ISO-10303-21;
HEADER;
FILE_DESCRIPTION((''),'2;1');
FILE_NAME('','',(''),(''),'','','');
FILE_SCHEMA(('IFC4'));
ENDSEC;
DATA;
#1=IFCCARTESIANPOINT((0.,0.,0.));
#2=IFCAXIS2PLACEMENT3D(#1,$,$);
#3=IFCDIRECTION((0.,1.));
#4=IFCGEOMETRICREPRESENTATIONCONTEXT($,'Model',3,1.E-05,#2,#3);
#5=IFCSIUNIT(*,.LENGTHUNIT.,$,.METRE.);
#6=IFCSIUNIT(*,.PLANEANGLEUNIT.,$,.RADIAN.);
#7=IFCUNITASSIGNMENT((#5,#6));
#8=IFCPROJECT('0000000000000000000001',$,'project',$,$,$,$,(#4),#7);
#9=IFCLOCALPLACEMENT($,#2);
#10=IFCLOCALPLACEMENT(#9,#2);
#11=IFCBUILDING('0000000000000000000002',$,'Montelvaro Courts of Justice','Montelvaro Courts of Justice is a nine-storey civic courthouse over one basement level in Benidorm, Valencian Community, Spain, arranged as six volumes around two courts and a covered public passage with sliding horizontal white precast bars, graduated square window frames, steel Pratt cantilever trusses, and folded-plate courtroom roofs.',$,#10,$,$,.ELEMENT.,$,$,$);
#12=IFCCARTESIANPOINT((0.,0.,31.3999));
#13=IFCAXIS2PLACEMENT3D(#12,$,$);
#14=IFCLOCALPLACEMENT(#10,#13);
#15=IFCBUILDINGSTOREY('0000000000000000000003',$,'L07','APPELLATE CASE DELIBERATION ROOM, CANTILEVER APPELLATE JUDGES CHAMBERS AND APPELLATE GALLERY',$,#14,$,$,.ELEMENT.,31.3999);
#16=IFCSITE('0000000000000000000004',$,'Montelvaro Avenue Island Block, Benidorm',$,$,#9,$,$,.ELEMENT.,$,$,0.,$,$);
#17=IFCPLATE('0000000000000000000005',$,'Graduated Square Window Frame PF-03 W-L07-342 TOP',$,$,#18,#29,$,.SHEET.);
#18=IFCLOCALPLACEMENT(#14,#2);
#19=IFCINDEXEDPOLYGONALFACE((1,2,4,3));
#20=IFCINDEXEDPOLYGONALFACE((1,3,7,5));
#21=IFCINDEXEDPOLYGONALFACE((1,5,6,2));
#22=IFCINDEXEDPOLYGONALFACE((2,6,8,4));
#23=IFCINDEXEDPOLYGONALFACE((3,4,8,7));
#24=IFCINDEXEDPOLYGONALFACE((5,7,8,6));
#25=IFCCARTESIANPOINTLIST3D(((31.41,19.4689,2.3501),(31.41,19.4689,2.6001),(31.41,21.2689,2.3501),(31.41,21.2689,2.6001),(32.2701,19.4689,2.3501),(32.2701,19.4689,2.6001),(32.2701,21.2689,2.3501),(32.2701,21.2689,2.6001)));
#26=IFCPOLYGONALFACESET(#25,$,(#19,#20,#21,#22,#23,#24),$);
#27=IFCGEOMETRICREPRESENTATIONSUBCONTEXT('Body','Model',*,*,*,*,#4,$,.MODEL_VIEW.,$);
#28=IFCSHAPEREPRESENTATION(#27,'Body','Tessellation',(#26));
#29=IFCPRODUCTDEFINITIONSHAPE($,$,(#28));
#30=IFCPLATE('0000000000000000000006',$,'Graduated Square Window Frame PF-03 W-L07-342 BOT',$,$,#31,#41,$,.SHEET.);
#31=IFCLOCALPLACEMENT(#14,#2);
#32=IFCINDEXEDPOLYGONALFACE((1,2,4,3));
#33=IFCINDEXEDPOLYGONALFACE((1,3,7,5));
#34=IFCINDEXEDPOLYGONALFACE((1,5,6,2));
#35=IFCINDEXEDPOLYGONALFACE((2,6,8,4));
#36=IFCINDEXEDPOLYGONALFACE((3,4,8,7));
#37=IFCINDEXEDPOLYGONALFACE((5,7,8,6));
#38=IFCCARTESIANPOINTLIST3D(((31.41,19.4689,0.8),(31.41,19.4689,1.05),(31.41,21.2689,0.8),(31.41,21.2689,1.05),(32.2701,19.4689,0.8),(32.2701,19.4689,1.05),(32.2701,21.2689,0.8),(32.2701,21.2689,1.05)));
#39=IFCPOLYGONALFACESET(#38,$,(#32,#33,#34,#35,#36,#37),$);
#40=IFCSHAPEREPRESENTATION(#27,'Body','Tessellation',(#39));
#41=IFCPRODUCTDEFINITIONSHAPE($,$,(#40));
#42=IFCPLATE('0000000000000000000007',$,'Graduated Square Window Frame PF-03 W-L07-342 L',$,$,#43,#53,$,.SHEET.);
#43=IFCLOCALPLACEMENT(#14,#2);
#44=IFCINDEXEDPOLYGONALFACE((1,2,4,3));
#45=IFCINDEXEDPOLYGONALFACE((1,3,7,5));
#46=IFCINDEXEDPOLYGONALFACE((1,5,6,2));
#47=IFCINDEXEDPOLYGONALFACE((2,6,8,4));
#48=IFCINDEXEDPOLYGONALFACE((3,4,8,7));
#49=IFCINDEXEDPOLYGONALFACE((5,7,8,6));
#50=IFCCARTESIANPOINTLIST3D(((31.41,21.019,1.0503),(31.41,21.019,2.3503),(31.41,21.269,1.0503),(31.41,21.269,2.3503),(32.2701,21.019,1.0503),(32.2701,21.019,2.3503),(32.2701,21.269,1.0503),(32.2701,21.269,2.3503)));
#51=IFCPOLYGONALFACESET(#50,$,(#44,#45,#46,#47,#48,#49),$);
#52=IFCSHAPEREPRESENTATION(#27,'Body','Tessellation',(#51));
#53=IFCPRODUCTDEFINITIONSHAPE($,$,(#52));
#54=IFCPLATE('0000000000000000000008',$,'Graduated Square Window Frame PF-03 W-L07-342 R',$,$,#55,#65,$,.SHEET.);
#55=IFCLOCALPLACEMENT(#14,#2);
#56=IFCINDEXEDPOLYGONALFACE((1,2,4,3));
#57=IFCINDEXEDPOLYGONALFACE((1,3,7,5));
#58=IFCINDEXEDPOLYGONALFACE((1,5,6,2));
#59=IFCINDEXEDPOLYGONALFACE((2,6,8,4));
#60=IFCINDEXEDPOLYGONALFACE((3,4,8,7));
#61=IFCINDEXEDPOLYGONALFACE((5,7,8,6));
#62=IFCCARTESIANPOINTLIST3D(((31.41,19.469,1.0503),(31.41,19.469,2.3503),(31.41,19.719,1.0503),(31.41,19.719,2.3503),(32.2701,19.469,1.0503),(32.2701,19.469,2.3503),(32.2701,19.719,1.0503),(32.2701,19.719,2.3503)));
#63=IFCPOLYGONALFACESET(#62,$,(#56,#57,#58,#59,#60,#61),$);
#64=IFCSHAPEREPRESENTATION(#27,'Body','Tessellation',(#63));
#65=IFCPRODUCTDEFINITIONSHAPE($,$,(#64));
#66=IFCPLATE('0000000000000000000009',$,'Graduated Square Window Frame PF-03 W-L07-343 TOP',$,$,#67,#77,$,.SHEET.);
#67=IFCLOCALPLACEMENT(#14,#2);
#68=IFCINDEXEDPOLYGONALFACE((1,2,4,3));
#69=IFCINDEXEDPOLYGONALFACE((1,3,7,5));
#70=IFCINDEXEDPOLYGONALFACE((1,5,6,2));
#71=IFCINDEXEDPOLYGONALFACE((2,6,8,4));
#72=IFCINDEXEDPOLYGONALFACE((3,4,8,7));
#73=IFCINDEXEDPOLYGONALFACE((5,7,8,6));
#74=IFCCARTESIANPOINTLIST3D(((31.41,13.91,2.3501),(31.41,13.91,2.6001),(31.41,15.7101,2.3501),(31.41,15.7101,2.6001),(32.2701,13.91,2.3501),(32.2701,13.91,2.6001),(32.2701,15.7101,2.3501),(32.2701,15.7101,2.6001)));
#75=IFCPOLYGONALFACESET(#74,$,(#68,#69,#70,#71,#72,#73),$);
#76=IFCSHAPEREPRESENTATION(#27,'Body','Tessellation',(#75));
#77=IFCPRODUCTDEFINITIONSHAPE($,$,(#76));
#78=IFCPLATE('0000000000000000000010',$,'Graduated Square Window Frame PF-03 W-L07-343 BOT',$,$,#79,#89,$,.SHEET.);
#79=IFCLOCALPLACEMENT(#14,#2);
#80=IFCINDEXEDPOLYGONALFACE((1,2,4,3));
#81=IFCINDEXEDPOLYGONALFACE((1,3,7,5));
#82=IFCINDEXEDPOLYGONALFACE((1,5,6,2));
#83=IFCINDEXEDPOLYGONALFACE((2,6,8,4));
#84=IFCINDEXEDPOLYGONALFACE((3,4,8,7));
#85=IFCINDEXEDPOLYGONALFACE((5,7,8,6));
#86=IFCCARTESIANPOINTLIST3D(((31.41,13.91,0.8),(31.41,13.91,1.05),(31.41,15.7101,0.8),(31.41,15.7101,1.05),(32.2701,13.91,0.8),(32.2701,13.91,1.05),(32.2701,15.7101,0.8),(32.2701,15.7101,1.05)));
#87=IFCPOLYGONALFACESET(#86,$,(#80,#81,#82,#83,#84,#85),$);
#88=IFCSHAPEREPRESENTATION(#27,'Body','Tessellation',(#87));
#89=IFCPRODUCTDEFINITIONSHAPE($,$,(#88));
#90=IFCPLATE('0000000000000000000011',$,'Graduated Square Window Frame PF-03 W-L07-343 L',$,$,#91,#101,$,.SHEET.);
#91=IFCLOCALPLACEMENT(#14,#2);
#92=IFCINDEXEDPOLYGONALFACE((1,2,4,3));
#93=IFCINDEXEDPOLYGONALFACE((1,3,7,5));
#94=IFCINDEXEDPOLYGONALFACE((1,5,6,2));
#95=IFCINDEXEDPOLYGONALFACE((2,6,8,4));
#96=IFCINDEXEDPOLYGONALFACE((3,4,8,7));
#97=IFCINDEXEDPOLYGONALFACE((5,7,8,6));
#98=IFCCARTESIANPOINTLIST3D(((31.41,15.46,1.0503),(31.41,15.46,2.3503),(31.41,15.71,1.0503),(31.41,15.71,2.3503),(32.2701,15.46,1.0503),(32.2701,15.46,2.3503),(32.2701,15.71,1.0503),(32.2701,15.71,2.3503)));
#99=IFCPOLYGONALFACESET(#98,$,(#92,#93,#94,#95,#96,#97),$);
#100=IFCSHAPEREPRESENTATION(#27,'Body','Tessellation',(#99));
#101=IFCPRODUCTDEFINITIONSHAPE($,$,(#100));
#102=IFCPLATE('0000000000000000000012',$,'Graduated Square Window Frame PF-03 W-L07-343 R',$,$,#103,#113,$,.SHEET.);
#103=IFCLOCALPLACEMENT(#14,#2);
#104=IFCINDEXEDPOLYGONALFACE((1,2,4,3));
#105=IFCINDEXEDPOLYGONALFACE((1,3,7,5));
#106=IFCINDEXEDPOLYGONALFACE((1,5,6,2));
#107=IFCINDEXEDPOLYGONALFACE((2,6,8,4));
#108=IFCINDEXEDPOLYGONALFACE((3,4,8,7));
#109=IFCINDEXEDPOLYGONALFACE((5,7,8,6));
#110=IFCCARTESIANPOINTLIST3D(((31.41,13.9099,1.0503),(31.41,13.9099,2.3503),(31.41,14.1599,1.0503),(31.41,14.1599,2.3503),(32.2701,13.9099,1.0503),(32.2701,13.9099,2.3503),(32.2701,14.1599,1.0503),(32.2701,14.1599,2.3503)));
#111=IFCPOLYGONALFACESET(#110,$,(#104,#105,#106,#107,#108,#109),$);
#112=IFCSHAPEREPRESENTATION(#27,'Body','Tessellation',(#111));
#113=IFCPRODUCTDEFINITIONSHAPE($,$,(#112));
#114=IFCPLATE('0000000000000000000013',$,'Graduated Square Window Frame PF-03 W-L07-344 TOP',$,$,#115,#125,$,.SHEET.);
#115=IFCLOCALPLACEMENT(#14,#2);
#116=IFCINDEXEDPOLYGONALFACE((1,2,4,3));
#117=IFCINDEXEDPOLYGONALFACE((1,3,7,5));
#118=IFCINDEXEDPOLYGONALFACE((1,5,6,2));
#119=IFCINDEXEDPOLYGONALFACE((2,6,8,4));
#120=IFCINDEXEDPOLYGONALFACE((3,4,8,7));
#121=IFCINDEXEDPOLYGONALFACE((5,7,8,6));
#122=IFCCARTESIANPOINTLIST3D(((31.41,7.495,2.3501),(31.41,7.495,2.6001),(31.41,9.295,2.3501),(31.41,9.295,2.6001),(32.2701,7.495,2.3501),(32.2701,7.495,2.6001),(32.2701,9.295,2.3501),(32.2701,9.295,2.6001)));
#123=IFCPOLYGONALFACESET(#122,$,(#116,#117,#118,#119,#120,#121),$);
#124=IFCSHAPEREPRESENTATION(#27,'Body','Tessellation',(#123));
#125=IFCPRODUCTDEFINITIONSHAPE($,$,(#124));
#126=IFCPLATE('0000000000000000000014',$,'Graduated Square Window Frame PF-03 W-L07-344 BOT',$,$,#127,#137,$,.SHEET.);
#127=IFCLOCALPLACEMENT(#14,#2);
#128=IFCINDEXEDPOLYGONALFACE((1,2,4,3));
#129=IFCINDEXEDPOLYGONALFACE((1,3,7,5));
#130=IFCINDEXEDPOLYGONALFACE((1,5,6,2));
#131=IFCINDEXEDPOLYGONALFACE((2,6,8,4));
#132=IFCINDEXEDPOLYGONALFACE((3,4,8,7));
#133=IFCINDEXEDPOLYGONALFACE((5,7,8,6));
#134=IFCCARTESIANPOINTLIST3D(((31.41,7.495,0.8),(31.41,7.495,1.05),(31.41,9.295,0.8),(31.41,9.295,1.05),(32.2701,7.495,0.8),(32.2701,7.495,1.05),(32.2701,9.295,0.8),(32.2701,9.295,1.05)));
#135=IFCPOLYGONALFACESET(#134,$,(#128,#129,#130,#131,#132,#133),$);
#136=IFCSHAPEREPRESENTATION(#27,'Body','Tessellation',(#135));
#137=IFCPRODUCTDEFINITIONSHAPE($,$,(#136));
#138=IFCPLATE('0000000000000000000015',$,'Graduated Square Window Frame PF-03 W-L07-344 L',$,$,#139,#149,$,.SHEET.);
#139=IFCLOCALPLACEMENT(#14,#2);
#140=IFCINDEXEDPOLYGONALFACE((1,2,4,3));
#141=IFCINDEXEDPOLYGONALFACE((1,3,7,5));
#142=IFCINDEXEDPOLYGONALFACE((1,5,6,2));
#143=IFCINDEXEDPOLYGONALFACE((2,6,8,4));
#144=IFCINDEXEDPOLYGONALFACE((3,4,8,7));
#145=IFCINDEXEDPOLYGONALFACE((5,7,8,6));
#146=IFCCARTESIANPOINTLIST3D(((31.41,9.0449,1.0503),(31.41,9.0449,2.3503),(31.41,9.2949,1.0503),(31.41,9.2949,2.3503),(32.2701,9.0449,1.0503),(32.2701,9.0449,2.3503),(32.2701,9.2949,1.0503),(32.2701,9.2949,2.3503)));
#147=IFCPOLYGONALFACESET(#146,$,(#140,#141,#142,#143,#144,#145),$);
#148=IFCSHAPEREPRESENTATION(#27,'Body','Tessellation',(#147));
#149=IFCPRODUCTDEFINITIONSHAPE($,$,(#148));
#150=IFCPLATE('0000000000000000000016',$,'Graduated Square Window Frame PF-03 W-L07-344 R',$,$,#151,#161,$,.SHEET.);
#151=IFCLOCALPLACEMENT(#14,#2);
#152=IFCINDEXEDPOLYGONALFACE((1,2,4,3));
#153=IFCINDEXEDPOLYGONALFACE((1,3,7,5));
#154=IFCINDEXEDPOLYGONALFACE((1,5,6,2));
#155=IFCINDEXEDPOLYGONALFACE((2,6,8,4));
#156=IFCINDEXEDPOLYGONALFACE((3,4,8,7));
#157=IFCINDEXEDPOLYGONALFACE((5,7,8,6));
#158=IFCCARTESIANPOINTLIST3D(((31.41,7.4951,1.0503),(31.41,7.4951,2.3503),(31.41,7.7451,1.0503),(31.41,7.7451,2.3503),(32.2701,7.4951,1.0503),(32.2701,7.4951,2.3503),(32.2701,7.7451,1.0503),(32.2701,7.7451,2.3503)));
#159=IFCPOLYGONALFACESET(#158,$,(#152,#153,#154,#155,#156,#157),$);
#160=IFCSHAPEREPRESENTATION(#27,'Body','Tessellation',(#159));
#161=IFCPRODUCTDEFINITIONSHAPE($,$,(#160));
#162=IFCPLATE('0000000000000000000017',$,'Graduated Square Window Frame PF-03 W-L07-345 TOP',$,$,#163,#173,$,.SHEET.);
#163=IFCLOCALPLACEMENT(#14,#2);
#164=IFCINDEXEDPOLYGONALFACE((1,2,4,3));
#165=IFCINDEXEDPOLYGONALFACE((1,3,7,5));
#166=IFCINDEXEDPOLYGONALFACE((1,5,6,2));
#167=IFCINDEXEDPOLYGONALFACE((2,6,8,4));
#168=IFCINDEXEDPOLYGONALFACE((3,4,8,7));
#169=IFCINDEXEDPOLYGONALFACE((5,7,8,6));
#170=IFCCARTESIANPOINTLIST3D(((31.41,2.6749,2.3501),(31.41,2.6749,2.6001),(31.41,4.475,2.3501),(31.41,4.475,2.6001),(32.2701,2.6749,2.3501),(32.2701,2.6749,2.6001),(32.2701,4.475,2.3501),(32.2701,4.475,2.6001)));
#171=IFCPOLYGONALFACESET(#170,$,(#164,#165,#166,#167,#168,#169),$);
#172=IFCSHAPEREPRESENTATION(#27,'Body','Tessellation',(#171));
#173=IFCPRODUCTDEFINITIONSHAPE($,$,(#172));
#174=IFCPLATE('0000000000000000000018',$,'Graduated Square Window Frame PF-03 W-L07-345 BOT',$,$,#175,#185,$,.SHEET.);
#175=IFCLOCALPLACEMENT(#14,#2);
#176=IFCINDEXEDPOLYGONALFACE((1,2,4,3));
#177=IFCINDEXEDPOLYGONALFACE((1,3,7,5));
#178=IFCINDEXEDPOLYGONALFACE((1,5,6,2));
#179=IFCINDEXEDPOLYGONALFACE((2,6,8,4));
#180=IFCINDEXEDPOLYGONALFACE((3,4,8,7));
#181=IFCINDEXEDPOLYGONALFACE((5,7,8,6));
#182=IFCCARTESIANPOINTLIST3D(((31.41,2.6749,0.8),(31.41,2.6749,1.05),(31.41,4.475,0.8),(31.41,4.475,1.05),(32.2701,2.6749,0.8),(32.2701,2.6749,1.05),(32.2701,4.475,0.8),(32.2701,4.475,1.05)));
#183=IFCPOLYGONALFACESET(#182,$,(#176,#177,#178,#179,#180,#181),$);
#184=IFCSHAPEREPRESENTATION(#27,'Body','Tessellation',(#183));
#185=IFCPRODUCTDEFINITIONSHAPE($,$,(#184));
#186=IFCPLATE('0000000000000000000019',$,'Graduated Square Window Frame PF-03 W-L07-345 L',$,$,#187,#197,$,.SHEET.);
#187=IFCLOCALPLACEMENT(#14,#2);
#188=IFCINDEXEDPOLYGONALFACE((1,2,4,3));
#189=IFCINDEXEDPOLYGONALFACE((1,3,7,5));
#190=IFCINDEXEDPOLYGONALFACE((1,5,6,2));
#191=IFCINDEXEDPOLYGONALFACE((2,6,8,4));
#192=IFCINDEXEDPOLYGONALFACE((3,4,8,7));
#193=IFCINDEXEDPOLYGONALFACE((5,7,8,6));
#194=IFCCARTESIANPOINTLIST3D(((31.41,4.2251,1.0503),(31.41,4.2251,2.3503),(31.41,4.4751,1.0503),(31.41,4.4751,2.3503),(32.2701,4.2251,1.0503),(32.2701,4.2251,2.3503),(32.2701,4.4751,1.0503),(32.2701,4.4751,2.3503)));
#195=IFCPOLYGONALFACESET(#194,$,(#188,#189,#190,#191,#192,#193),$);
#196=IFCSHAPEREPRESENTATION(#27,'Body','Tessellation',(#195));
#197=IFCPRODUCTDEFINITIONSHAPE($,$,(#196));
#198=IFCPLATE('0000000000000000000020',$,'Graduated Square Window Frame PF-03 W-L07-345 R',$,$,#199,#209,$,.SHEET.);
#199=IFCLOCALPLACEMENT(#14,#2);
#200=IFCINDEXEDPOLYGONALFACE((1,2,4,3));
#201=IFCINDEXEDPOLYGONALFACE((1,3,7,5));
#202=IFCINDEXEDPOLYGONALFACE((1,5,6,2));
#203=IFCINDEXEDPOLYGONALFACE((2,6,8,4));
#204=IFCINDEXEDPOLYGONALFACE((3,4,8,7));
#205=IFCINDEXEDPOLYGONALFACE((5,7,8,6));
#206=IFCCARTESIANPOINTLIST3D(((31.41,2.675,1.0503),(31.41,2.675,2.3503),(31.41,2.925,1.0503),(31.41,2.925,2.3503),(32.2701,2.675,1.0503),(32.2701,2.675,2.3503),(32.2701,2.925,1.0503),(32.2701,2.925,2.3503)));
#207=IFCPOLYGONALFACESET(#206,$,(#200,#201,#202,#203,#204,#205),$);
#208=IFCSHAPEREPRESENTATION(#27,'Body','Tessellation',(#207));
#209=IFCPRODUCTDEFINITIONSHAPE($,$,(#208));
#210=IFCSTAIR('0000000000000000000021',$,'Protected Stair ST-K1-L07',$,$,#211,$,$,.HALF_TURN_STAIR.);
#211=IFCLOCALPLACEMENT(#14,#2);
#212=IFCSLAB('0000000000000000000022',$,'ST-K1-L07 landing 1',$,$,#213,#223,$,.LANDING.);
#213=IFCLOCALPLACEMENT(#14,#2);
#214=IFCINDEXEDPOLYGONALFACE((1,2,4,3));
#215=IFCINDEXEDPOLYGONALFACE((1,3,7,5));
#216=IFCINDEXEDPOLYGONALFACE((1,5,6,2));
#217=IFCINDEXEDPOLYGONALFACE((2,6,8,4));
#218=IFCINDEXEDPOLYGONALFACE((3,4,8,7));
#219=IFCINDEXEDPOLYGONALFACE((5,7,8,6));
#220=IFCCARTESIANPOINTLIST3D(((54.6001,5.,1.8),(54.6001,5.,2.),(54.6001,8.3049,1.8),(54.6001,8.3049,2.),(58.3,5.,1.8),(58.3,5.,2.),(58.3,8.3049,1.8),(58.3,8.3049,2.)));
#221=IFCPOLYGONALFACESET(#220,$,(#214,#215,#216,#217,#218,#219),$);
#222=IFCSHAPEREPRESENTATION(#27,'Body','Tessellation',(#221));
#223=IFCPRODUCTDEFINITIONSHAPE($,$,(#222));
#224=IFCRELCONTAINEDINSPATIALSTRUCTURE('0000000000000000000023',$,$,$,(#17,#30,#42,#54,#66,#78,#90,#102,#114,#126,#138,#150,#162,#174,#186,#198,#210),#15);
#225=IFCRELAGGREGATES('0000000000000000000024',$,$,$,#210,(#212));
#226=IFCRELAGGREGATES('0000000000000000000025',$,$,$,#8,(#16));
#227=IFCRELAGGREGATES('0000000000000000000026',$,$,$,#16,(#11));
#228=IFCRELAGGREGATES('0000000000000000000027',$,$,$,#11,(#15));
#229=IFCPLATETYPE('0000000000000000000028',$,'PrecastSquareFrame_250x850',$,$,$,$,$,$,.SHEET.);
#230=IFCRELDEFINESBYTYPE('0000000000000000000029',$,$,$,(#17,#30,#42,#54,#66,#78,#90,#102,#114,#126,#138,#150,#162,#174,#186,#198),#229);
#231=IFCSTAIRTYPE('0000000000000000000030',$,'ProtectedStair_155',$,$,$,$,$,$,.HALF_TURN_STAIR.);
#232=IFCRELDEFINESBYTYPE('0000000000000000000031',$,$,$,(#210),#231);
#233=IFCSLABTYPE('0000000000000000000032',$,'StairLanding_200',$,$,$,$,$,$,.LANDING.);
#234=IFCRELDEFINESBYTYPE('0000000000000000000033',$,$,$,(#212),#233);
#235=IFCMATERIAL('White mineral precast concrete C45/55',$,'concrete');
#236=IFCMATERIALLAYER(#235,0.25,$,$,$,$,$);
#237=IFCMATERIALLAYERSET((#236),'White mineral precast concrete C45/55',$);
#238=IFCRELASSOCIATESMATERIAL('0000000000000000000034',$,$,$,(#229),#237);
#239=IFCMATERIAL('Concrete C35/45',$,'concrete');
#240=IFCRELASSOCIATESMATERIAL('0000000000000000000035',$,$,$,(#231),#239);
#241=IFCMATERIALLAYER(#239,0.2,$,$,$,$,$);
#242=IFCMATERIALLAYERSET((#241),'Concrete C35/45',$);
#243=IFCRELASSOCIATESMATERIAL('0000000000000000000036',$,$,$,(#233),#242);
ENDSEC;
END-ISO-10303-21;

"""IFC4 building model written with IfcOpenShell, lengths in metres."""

from ifc_helpers import new_model, si_unit, direction, frame, origin, origin_2d, place, context, subcontext, project, spatial, polyline, rectangle, outline, extrude, material, layer, layer_set, type_object, element, aggregate, save


model = new_model("IFC4")

# Units and contexts
model_context = context("Model", 3, precision=1e-05, world=origin(), true_north=direction((0.0, 1.0)))
body_context = subcontext(model_context, "Body", "Model", "MODEL_VIEW")
ifc_project = project(units=[si_unit("LENGTHUNIT", "METRE"), si_unit("PLANEANGLEUNIT", "RADIAN")], contexts=[model_context])

# Site, building, storey
site_placement = place(None, origin())
site = spatial("IfcSite", under=ifc_project, at=site_placement, Name="Montelvaro Avenue Island Block, Benidorm", CompositionType="ELEMENT", RefElevation=0.0)
building_placement = place(site_placement, origin())
building = spatial("IfcBuilding", under=site, at=building_placement, Name="Montelvaro Courts of Justice", Description="Montelvaro Courts of Justice is a nine-storey civic courthouse over one basement level in Benidorm, Valencian Community, Spain, arranged as six volumes around two courts and a covered public passage with sliding horizontal white precast bars, graduated square window frames, steel Pratt cantilever trusses, and folded-plate courtroom roofs.", CompositionType="ELEMENT")
storey_placement = place(building_placement, frame((0.0, 0.0, 31.3999)))
storey = spatial("IfcBuildingStorey", under=building, at=storey_placement, Name="L07", Description="APPELLATE CASE DELIBERATION ROOM, CANTILEVER APPELLATE JUDGES CHAMBERS AND APPELLATE GALLERY", CompositionType="ELEMENT", Elevation=31.3999)

# Shared definitions
ifc_material_1 = material(Name="Concrete C35/45", Category="concrete")

# Plates
ifc_material_2 = material(Name="White mineral precast concrete C45/55", Category="concrete")
ifc_layer_1 = layer(ifc_material_2, 0.25)
ifc_layer_set_1 = layer_set([ifc_layer_1], Name="White mineral precast concrete C45/55")
plate_type_1 = type_object("IfcPlateType", Name="PrecastSquareFrame_250x850", PredefinedType="SHEET", material=ifc_layer_set_1)
for number, where, z_axis, x_axis, name in (
    (1, (31.8401, 20.3689, 2.3501), (0.0, 0.0, 1.0), (0.0, -1.0, 0.0), "Graduated Square Window Frame PF-03 W-L07-342 TOP"),
    (2, (31.8401, 20.3689, 0.8), (0.0, 0.0, 1.0), (0.0, -1.0, 0.0), "Graduated Square Window Frame PF-03 W-L07-342 BOT"),
):
    element("IfcPlate", number, at=place(storey_placement, frame(where, z_axis=z_axis, x_axis=x_axis)), inside=storey, type_object=plate_type_1, Name=name, PredefinedType="SHEET", context=body_context, shape_type="SweptSolid", body=[
        extrude(rectangle(XDim=1.8, YDim=0.8601, at=origin_2d()), origin(), (0.0, 0.0, 1.0), 0.25),
    ])
for number, where, z_axis, x_axis, name in (
    (3, (31.8401, 21.144, 1.0503), (0.0, 0.0, 1.0), (0.0, -1.0, 0.0), "Graduated Square Window Frame PF-03 W-L07-342 L"),
    (4, (31.8401, 19.594, 1.0503), (0.0, 0.0, 1.0), (0.0, -1.0, 0.0), "Graduated Square Window Frame PF-03 W-L07-342 R"),
):
    element("IfcPlate", number, at=place(storey_placement, frame(where, z_axis=z_axis, x_axis=x_axis)), inside=storey, type_object=plate_type_1, Name=name, PredefinedType="SHEET", context=body_context, shape_type="SweptSolid", body=[
        extrude(rectangle(XDim=0.25, YDim=0.8601, at=origin_2d()), origin(), (0.0, 0.0, 1.0), 1.3),
    ])
for number, where, z_axis, x_axis, name in (
    (5, (31.8401, 14.8101, 2.3501), (0.0, 0.0, 1.0), (0.0, -1.0, 0.0), "Graduated Square Window Frame PF-03 W-L07-343 TOP"),
    (6, (31.8401, 14.8101, 0.8), (0.0, 0.0, 1.0), (0.0, -1.0, 0.0), "Graduated Square Window Frame PF-03 W-L07-343 BOT"),
):
    element("IfcPlate", number, at=place(storey_placement, frame(where, z_axis=z_axis, x_axis=x_axis)), inside=storey, type_object=plate_type_1, Name=name, PredefinedType="SHEET", context=body_context, shape_type="SweptSolid", body=[
        extrude(rectangle(XDim=1.8, YDim=0.8601, at=origin_2d()), origin(), (0.0, 0.0, 1.0), 0.25),
    ])
for number, where, z_axis, x_axis, name in (
    (7, (31.8401, 15.585, 1.0503), (0.0, 0.0, 1.0), (0.0, -1.0, 0.0), "Graduated Square Window Frame PF-03 W-L07-343 L"),
    (8, (31.8401, 14.0349, 1.0503), (0.0, 0.0, 1.0), (0.0, -1.0, 0.0), "Graduated Square Window Frame PF-03 W-L07-343 R"),
):
    element("IfcPlate", number, at=place(storey_placement, frame(where, z_axis=z_axis, x_axis=x_axis)), inside=storey, type_object=plate_type_1, Name=name, PredefinedType="SHEET", context=body_context, shape_type="SweptSolid", body=[
        extrude(rectangle(XDim=0.25, YDim=0.8601, at=origin_2d()), origin(), (0.0, 0.0, 1.0), 1.3),
    ])
for number, where, z_axis, x_axis, name in (
    (9, (31.8401, 8.395, 2.3501), (0.0, 0.0, 1.0), (0.0, -1.0, 0.0), "Graduated Square Window Frame PF-03 W-L07-344 TOP"),
    (10, (31.8401, 8.395, 0.8), (0.0, 0.0, 1.0), (0.0, -1.0, 0.0), "Graduated Square Window Frame PF-03 W-L07-344 BOT"),
):
    element("IfcPlate", number, at=place(storey_placement, frame(where, z_axis=z_axis, x_axis=x_axis)), inside=storey, type_object=plate_type_1, Name=name, PredefinedType="SHEET", context=body_context, shape_type="SweptSolid", body=[
        extrude(rectangle(XDim=1.8, YDim=0.8601, at=origin_2d()), origin(), (0.0, 0.0, 1.0), 0.25),
    ])
for number, where, z_axis, x_axis, name in (
    (11, (31.8401, 9.1699, 1.0503), (0.0, 0.0, 1.0), (0.0, -1.0, 0.0), "Graduated Square Window Frame PF-03 W-L07-344 L"),
    (12, (31.8401, 7.6201, 1.0503), (0.0, 0.0, 1.0), (0.0, -1.0, 0.0), "Graduated Square Window Frame PF-03 W-L07-344 R"),
):
    element("IfcPlate", number, at=place(storey_placement, frame(where, z_axis=z_axis, x_axis=x_axis)), inside=storey, type_object=plate_type_1, Name=name, PredefinedType="SHEET", context=body_context, shape_type="SweptSolid", body=[
        extrude(rectangle(XDim=0.25, YDim=0.8601, at=origin_2d()), origin(), (0.0, 0.0, 1.0), 1.3),
    ])
for number, where, z_axis, x_axis, name in (
    (13, (31.8401, 3.575, 2.3501), (0.0, 0.0, 1.0), (0.0, -1.0, 0.0), "Graduated Square Window Frame PF-03 W-L07-345 TOP"),
    (14, (31.8401, 3.575, 0.8), (0.0, 0.0, 1.0), (0.0, -1.0, 0.0), "Graduated Square Window Frame PF-03 W-L07-345 BOT"),
):
    element("IfcPlate", number, at=place(storey_placement, frame(where, z_axis=z_axis, x_axis=x_axis)), inside=storey, type_object=plate_type_1, Name=name, PredefinedType="SHEET", context=body_context, shape_type="SweptSolid", body=[
        extrude(rectangle(XDim=1.8, YDim=0.8601, at=origin_2d()), origin(), (0.0, 0.0, 1.0), 0.25),
    ])
for number, where, z_axis, x_axis, name in (
    (15, (31.8401, 4.3501, 1.0503), (0.0, 0.0, 1.0), (0.0, -1.0, 0.0), "Graduated Square Window Frame PF-03 W-L07-345 L"),
    (16, (31.8401, 2.8, 1.0503), (0.0, 0.0, 1.0), (0.0, -1.0, 0.0), "Graduated Square Window Frame PF-03 W-L07-345 R"),
):
    element("IfcPlate", number, at=place(storey_placement, frame(where, z_axis=z_axis, x_axis=x_axis)), inside=storey, type_object=plate_type_1, Name=name, PredefinedType="SHEET", context=body_context, shape_type="SweptSolid", body=[
        extrude(rectangle(XDim=0.25, YDim=0.8601, at=origin_2d()), origin(), (0.0, 0.0, 1.0), 1.3),
    ])

# Stair, slab
stair_type_1 = type_object("IfcStairType", Name="ProtectedStair_155", PredefinedType="HALF_TURN_STAIR", material=ifc_material_1)
stair_1_placement = place(storey_placement, origin())
stair_1 = element("IfcStair", 17, at=stair_1_placement, inside=storey, type_object=stair_type_1, Name="Protected Stair ST-K1-L07", PredefinedType="HALF_TURN_STAIR")
ifc_layer_2 = layer(ifc_material_1, 0.2)
ifc_layer_set_2 = layer_set([ifc_layer_2], Name="Concrete C35/45")
slab_type_1 = type_object("IfcSlabType", Name="StairLanding_200", PredefinedType="LANDING", material=ifc_layer_set_2)
slab_1_placement = place(storey_placement, frame((0.0, 0.0, 1.8)))
slab_1 = element("IfcSlab", 18, at=slab_1_placement, type_object=slab_type_1, Name="ST-K1-L07 landing 1", PredefinedType="LANDING", context=body_context, shape_type="SweptSolid", body=[
    extrude(outline(polyline([(54.6001, 5.0), (58.3, 5.0), (58.3, 8.3049), (54.6001, 8.3049), (54.6001, 5.0)])), origin(), (0.0, 0.0, 1.0), 0.2),
])
aggregate(stair_1, [slab_1])

save(model, "model.ifc")
